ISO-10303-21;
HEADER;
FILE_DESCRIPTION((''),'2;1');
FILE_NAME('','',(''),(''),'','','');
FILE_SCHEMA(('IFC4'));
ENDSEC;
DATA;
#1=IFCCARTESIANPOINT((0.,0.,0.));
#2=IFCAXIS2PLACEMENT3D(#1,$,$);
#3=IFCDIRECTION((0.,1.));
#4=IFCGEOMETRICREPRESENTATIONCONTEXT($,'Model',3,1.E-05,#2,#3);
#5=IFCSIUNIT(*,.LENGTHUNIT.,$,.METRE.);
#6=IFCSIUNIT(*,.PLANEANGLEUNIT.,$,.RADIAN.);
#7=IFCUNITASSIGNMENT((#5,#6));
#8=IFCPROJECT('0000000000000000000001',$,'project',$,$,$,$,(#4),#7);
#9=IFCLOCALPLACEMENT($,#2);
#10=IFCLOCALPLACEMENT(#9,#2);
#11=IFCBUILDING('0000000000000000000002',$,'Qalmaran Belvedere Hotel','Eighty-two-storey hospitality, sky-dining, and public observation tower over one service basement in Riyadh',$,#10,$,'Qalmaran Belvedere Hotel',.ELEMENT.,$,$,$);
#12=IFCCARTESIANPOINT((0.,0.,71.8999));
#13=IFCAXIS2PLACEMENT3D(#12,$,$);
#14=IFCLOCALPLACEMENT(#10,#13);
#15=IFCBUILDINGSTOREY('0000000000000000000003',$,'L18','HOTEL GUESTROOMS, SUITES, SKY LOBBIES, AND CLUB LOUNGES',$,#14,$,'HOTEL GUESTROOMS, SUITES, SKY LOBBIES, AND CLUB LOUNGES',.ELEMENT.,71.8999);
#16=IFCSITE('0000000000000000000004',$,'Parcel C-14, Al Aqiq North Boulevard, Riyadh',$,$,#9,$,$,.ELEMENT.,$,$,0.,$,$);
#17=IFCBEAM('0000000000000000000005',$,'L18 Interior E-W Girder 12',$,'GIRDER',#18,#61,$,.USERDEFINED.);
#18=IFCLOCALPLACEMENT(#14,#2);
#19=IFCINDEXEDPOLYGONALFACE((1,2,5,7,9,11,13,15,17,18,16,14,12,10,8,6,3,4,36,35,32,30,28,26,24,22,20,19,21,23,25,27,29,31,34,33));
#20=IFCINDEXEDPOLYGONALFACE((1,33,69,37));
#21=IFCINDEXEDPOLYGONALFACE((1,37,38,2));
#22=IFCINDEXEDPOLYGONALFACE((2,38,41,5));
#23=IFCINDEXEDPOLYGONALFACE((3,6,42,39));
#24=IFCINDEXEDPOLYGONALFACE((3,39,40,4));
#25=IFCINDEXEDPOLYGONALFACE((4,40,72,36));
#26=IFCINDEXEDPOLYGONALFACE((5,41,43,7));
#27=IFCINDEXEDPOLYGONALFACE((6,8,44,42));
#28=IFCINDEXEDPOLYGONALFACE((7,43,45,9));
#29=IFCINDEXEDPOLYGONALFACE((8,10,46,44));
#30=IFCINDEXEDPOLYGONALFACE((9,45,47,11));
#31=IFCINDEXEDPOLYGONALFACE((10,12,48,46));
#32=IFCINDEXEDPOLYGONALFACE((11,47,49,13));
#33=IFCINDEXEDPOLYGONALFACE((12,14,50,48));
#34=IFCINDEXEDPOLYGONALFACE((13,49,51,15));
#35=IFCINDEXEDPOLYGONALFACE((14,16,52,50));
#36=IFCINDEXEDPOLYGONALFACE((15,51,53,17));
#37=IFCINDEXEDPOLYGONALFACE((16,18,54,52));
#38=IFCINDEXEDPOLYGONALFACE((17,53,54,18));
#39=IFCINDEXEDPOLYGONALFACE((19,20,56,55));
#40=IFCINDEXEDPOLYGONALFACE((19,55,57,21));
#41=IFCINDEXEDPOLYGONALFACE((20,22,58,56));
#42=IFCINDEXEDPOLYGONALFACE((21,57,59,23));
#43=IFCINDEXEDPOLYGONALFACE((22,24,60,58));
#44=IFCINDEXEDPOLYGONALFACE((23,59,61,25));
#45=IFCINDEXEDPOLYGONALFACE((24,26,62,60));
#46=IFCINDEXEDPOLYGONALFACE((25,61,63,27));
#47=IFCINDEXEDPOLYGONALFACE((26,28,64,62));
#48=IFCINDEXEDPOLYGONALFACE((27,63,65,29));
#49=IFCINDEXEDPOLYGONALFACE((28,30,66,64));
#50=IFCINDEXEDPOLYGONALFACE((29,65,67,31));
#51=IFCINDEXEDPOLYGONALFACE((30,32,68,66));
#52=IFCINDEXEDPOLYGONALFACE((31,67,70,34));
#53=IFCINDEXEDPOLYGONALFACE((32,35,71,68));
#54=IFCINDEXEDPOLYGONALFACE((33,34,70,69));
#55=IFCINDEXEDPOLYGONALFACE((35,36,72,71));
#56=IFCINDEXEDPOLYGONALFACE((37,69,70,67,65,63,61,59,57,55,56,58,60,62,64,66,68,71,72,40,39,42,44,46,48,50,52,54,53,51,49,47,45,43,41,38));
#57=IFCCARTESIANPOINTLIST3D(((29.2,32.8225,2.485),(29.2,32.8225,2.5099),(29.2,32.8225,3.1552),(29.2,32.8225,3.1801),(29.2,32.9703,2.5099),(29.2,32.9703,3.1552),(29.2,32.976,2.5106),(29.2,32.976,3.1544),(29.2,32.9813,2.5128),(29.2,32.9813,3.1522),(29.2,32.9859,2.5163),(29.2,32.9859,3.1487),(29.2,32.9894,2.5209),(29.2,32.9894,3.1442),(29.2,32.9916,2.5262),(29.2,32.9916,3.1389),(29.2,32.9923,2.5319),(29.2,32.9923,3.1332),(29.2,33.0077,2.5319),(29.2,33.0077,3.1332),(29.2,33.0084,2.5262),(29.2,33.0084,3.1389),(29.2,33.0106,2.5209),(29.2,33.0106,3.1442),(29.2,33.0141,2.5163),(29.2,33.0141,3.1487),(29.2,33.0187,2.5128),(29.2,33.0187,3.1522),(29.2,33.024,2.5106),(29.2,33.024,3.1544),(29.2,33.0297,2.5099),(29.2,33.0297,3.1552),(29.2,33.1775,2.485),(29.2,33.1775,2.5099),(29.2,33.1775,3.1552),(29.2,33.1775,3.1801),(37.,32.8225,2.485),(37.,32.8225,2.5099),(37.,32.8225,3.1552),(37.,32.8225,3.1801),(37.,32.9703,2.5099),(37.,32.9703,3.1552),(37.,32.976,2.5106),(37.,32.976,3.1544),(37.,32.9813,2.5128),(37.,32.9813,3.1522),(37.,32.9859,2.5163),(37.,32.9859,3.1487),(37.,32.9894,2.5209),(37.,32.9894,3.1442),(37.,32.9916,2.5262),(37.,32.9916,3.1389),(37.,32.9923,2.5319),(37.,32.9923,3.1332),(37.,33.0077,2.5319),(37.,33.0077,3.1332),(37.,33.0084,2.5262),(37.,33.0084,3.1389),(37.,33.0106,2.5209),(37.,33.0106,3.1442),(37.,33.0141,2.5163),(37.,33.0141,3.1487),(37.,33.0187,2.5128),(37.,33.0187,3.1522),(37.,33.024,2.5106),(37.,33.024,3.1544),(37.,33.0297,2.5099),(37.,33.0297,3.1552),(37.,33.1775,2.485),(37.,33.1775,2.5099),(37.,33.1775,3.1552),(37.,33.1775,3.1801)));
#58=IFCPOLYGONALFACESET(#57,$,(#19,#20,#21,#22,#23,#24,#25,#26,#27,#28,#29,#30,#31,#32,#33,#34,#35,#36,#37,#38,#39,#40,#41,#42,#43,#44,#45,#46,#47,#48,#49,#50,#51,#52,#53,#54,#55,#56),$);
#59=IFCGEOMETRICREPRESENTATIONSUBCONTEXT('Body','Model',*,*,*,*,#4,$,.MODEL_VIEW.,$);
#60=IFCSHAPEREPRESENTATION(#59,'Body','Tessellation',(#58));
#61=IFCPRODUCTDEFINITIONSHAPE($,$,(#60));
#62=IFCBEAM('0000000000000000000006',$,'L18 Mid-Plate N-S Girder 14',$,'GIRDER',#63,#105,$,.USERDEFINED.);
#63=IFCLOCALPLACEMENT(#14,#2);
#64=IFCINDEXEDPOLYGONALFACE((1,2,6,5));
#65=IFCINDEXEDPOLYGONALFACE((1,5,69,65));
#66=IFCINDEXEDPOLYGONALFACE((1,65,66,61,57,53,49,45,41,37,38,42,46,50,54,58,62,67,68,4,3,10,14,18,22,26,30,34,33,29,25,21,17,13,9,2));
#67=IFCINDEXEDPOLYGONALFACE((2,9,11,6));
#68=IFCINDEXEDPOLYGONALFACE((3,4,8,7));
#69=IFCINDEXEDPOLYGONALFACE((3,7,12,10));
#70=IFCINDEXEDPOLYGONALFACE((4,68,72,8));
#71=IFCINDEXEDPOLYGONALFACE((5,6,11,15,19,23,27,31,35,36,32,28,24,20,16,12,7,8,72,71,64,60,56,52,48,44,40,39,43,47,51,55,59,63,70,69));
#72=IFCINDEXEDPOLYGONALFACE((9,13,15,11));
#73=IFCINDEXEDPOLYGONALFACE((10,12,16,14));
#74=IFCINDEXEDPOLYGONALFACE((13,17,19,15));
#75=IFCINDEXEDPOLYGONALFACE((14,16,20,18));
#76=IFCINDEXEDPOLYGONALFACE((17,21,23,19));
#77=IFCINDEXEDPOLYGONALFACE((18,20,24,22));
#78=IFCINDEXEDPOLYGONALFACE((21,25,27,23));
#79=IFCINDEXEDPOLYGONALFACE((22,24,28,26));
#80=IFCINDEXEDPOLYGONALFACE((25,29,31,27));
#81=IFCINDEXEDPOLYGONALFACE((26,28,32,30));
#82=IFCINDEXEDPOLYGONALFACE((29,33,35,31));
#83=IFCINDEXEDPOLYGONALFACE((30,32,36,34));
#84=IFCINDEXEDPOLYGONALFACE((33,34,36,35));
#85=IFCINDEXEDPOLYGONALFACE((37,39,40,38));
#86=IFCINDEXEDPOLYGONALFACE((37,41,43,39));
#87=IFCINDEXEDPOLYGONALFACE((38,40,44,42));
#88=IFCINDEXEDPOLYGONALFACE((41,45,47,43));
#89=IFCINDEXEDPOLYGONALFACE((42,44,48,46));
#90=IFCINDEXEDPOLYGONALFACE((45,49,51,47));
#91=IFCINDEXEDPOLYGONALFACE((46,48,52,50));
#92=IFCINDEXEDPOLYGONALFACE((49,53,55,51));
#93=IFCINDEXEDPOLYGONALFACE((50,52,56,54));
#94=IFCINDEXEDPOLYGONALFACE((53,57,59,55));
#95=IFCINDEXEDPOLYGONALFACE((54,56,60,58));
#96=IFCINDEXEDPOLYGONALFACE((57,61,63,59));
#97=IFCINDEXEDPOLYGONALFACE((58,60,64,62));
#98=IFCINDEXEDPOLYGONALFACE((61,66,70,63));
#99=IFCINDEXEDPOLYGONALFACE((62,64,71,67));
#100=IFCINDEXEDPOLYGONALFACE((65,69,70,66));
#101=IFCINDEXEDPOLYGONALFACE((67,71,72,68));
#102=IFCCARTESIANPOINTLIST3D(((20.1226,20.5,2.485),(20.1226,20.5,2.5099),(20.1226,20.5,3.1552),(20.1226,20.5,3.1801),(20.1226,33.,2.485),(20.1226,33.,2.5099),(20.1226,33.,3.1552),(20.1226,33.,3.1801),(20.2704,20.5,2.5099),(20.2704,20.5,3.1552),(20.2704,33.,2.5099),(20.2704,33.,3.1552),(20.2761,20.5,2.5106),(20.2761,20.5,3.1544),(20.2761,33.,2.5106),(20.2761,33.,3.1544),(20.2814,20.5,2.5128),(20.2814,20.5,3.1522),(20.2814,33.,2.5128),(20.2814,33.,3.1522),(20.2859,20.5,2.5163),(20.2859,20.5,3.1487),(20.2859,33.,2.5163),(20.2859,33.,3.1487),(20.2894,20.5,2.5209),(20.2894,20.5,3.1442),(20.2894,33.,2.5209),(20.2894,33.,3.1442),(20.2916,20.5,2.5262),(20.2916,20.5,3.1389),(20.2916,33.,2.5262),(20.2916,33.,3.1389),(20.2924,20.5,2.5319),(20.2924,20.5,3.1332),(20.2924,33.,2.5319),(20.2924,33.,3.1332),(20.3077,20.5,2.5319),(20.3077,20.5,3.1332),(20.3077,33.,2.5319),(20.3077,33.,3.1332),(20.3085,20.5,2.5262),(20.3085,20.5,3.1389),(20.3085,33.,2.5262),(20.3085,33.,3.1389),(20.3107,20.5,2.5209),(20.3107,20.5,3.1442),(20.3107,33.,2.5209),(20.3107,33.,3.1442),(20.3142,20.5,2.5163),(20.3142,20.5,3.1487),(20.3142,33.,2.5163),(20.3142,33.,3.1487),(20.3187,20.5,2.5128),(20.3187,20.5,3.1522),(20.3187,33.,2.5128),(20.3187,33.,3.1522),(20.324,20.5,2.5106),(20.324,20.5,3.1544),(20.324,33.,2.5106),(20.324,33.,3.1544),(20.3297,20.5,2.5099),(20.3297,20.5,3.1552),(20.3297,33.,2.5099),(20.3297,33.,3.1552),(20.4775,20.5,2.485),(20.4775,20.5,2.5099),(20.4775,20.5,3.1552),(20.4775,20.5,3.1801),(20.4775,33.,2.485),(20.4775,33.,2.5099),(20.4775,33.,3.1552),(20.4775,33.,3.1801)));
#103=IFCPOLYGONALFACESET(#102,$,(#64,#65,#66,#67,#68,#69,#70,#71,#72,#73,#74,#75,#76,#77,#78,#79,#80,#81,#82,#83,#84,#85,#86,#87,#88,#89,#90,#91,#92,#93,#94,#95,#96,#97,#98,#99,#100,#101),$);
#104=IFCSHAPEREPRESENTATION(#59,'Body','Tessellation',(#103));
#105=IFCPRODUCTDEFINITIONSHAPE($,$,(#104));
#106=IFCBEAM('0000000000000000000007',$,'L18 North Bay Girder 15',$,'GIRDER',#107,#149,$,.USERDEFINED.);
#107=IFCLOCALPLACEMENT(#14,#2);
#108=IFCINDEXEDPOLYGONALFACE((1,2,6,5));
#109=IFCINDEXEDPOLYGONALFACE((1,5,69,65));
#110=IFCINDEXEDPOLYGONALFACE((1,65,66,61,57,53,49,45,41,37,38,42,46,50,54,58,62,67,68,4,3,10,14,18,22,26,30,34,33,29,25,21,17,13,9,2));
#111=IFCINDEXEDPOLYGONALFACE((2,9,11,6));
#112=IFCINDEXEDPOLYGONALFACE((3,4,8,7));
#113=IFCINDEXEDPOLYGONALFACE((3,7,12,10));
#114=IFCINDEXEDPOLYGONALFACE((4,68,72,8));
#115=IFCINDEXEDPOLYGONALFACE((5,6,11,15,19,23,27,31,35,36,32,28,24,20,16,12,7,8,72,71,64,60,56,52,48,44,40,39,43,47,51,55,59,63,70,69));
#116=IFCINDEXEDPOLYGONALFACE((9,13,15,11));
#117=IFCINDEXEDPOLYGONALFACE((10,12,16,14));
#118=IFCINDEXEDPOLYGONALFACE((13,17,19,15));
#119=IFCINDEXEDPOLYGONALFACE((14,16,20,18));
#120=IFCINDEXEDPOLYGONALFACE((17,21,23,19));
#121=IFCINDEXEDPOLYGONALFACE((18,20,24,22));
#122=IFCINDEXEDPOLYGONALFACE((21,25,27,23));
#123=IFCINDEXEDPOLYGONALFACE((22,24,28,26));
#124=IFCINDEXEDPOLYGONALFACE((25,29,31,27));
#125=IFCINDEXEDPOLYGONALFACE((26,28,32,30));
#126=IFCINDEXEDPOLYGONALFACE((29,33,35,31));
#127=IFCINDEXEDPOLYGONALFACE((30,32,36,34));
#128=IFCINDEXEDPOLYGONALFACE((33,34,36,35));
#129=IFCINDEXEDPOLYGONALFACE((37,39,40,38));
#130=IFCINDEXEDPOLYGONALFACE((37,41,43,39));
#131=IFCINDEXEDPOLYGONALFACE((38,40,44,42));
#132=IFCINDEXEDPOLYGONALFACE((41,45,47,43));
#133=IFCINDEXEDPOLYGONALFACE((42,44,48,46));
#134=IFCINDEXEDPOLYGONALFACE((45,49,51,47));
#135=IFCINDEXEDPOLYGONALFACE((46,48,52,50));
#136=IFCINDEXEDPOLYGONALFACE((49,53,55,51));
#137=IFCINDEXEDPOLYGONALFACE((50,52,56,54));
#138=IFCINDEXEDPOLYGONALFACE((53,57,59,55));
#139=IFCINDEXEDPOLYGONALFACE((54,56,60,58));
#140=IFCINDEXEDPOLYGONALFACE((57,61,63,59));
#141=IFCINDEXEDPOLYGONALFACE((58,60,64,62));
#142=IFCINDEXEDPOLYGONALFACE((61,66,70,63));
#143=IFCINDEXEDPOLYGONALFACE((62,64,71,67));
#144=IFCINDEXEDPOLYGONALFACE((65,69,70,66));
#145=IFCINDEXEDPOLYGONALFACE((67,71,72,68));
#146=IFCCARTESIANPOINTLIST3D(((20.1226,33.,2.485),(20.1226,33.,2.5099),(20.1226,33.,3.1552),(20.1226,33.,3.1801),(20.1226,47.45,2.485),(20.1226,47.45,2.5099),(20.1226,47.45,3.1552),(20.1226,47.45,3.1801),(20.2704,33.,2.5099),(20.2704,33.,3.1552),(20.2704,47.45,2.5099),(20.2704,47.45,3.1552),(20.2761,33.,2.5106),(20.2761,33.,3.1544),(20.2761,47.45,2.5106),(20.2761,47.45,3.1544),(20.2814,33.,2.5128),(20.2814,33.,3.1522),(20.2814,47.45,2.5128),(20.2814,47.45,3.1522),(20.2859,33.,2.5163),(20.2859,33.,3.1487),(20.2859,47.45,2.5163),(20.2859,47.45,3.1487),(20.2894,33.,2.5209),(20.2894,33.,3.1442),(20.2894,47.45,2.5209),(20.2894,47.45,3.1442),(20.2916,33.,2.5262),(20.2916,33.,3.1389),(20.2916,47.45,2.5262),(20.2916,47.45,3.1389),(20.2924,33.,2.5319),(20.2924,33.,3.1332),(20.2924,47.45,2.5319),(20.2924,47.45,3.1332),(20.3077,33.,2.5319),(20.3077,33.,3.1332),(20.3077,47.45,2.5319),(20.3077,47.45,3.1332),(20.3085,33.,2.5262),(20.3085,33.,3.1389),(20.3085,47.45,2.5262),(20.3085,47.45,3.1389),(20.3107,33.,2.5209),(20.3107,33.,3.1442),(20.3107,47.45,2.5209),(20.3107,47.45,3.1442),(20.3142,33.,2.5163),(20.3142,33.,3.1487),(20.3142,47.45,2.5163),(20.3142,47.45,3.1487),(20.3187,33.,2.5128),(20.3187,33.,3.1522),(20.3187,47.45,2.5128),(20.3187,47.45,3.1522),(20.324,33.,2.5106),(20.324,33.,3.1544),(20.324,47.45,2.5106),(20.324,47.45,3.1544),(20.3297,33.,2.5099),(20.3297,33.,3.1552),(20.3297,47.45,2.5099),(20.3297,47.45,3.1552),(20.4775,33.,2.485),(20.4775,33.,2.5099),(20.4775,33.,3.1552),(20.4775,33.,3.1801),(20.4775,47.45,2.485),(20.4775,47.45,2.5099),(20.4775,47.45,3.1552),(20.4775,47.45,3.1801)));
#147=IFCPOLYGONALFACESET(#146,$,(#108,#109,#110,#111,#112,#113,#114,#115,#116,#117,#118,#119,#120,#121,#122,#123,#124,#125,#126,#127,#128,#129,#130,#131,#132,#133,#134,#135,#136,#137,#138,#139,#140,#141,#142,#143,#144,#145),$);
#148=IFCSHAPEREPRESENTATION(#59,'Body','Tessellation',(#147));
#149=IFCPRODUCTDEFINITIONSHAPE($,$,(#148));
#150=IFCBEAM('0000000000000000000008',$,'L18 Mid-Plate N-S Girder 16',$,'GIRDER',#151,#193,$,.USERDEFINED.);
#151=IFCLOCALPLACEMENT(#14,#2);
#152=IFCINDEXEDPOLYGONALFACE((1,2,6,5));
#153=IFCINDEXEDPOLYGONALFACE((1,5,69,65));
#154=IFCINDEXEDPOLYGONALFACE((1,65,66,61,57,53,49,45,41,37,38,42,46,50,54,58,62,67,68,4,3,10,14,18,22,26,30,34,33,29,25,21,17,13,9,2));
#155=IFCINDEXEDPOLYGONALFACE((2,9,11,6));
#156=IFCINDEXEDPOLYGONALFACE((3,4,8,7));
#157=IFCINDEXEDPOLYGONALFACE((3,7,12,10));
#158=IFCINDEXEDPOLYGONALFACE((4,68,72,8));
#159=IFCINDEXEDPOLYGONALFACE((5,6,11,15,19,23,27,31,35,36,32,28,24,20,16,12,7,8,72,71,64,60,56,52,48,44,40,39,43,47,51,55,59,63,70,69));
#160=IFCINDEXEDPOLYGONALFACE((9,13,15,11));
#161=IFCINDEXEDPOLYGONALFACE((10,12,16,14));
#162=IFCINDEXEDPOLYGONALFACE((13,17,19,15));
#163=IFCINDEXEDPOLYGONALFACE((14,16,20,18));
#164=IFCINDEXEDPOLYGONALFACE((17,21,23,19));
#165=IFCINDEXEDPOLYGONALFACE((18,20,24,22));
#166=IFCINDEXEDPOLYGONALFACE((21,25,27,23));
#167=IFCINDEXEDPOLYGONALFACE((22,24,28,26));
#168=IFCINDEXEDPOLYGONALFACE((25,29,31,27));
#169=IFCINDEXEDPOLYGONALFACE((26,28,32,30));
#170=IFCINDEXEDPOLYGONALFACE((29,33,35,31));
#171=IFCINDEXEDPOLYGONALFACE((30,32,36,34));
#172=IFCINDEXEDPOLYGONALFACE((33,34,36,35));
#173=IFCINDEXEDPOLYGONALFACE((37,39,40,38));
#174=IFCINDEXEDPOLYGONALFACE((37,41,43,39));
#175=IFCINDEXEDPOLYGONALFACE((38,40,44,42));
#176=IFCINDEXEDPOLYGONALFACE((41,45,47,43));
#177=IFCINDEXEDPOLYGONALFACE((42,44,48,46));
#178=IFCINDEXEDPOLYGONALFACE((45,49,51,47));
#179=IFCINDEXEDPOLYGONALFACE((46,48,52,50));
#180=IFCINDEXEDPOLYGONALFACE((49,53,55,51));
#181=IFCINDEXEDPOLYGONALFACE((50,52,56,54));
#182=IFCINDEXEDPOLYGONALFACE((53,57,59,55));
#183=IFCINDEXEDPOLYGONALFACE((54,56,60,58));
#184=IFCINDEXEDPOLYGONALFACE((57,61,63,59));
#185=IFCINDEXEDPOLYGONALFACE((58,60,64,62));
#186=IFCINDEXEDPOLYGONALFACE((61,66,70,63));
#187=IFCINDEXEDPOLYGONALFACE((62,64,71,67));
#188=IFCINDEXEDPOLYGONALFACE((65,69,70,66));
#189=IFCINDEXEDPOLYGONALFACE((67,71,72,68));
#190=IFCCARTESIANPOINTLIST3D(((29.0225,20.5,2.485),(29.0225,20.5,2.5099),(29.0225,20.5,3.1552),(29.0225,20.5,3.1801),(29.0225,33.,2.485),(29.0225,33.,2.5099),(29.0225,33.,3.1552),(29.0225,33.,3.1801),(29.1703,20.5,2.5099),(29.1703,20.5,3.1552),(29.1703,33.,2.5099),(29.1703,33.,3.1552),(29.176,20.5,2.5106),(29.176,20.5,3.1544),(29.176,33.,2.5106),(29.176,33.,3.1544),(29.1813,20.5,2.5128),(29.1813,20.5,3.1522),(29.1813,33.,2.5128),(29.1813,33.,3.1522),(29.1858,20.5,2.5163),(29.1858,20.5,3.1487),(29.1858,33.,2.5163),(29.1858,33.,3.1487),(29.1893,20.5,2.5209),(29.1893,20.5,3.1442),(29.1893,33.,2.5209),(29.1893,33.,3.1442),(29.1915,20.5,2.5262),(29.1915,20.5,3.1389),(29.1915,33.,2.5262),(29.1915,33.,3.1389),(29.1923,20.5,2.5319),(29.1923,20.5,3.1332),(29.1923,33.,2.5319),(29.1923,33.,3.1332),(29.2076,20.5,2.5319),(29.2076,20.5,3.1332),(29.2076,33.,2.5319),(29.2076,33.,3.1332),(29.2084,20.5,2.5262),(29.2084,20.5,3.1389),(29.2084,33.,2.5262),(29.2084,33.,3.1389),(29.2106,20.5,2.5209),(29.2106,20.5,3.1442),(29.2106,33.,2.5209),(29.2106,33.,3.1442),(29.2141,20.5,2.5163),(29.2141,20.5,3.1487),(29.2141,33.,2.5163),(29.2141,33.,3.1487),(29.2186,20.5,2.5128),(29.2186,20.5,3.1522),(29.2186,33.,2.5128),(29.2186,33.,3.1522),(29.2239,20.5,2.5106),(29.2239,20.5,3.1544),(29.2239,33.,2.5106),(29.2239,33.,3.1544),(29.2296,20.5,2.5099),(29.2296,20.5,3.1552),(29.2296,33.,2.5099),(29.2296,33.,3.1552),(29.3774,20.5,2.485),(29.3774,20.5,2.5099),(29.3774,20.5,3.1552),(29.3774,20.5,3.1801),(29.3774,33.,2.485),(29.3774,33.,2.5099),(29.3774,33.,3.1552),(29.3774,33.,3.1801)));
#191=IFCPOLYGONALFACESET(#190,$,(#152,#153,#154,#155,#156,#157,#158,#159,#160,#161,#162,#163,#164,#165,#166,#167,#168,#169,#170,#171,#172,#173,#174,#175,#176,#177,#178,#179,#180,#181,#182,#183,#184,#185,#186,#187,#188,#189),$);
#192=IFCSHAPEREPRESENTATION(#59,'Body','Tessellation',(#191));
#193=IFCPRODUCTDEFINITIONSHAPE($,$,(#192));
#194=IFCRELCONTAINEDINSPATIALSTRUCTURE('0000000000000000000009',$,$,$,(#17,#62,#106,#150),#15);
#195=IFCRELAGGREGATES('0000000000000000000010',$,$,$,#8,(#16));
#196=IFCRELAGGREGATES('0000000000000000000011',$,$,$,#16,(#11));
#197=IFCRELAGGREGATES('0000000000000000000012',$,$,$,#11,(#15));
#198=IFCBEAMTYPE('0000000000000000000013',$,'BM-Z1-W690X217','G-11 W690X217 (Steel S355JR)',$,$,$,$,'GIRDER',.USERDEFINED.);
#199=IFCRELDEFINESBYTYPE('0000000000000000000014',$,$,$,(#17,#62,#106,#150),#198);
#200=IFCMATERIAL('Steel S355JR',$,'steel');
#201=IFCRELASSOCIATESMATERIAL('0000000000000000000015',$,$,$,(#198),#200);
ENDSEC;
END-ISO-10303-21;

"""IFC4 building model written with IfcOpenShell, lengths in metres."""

from ifc_helpers import new_model, si_unit, direction, frame, origin, origin_2d, place, context, subcontext, project, spatial, i_section, extrude, material, material_profile, profile_set, type_object, element, save


model = new_model("IFC4")

# Units and contexts
model_context = context("Model", 3, precision=1e-05, world=origin(), true_north=direction((0.0, 1.0)))
body_context = subcontext(model_context, "Body", "Model", "MODEL_VIEW")
ifc_project = project(units=[si_unit("LENGTHUNIT", "METRE"), si_unit("PLANEANGLEUNIT", "RADIAN")], contexts=[model_context])

# Site, building, storey
site_placement = place(None, origin())
site = spatial("IfcSite", under=ifc_project, at=site_placement, Name="Parcel C-14, Al Aqiq North Boulevard, Riyadh", CompositionType="ELEMENT", RefElevation=0.0)
building_placement = place(site_placement, origin())
building = spatial("IfcBuilding", under=site, at=building_placement, Name="Qalmaran Belvedere Hotel", Description="Eighty-two-storey hospitality, sky-dining, and public observation tower over one service basement in Riyadh", LongName="Qalmaran Belvedere Hotel", CompositionType="ELEMENT")
storey_placement = place(building_placement, frame((0.0, 0.0, 71.8999)))
storey = spatial("IfcBuildingStorey", under=building, at=storey_placement, Name="L18", Description="HOTEL GUESTROOMS, SUITES, SKY LOBBIES, AND CLUB LOUNGES", LongName="HOTEL GUESTROOMS, SUITES, SKY LOBBIES, AND CLUB LOUNGES", CompositionType="ELEMENT", Elevation=71.8999)

# Beams
ifc_material_1 = material(Name="Steel S355JR", Category="steel")
ifc_material_profile_1 = material_profile(ifc_material_1, i_section(OverallWidth=0.355, OverallDepth=0.6951, WebThickness=0.0154, FlangeThickness=0.0249, FilletRadius=0.022, at=origin_2d()), Name="W690X217")
ifc_profile_set_1 = profile_set([ifc_material_profile_1], Name="Steel S355JR")
beam_type_1 = type_object("IfcBeamType", Name="BM-Z1-W690X217", Description="G-11 W690X217 (Steel S355JR)", ElementType="GIRDER", PredefinedType="USERDEFINED", material=ifc_profile_set_1)
beam_1_placement = place(storey_placement, frame((29.2, 33.0, 2.8325), z_axis=(1.0, 0.0, 0.0), x_axis=(0.0, 1.0, 0.0)))
element("IfcBeam", 1, at=beam_1_placement, inside=storey, type_object=beam_type_1, Name="L18 Interior E-W Girder 12", ObjectType="GIRDER", PredefinedType="USERDEFINED", context=body_context, shape_type="SweptSolid", body=[
    extrude(i_section(OverallWidth=0.355, OverallDepth=0.6951, WebThickness=0.0154, FlangeThickness=0.0249, FilletRadius=0.022, at=origin_2d()), origin(), (0.0, 0.0, 1.0), 7.8),
])
beam_2_placement = place(storey_placement, frame((20.3, 20.5, 2.8325), z_axis=(0.0, 1.0, 0.0), x_axis=(-1.0, 0.0, 0.0)))
element("IfcBeam", 2, at=beam_2_placement, inside=storey, type_object=beam_type_1, Name="L18 Mid-Plate N-S Girder 14", ObjectType="GIRDER", PredefinedType="USERDEFINED", context=body_context, shape_type="SweptSolid", body=[
    extrude(i_section(OverallWidth=0.355, OverallDepth=0.6951, WebThickness=0.0154, FlangeThickness=0.0249, FilletRadius=0.022, at=origin_2d()), origin(), (0.0, 0.0, 1.0), 12.5),
])
beam_3_placement = place(storey_placement, frame((20.3, 33.0, 2.8325), z_axis=(0.0, 1.0, 0.0), x_axis=(-1.0, 0.0, 0.0)))
element("IfcBeam", 3, at=beam_3_placement, inside=storey, type_object=beam_type_1, Name="L18 North Bay Girder 15", ObjectType="GIRDER", PredefinedType="USERDEFINED", context=body_context, shape_type="SweptSolid", body=[
    extrude(i_section(OverallWidth=0.355, OverallDepth=0.6951, WebThickness=0.0154, FlangeThickness=0.0249, FilletRadius=0.022, at=origin_2d()), origin(), (0.0, 0.0, 1.0), 14.45),
])
beam_4_placement = place(storey_placement, frame((29.2, 20.5, 2.8325), z_axis=(0.0, 1.0, 0.0), x_axis=(-1.0, 0.0, 0.0)))
element("IfcBeam", 4, at=beam_4_placement, inside=storey, type_object=beam_type_1, Name="L18 Mid-Plate N-S Girder 16", ObjectType="GIRDER", PredefinedType="USERDEFINED", context=body_context, shape_type="SweptSolid", body=[
    extrude(i_section(OverallWidth=0.355, OverallDepth=0.6951, WebThickness=0.0154, FlangeThickness=0.0249, FilletRadius=0.022, at=origin_2d()), origin(), (0.0, 0.0, 1.0), 12.5),
])

save(model, "model.ifc")
